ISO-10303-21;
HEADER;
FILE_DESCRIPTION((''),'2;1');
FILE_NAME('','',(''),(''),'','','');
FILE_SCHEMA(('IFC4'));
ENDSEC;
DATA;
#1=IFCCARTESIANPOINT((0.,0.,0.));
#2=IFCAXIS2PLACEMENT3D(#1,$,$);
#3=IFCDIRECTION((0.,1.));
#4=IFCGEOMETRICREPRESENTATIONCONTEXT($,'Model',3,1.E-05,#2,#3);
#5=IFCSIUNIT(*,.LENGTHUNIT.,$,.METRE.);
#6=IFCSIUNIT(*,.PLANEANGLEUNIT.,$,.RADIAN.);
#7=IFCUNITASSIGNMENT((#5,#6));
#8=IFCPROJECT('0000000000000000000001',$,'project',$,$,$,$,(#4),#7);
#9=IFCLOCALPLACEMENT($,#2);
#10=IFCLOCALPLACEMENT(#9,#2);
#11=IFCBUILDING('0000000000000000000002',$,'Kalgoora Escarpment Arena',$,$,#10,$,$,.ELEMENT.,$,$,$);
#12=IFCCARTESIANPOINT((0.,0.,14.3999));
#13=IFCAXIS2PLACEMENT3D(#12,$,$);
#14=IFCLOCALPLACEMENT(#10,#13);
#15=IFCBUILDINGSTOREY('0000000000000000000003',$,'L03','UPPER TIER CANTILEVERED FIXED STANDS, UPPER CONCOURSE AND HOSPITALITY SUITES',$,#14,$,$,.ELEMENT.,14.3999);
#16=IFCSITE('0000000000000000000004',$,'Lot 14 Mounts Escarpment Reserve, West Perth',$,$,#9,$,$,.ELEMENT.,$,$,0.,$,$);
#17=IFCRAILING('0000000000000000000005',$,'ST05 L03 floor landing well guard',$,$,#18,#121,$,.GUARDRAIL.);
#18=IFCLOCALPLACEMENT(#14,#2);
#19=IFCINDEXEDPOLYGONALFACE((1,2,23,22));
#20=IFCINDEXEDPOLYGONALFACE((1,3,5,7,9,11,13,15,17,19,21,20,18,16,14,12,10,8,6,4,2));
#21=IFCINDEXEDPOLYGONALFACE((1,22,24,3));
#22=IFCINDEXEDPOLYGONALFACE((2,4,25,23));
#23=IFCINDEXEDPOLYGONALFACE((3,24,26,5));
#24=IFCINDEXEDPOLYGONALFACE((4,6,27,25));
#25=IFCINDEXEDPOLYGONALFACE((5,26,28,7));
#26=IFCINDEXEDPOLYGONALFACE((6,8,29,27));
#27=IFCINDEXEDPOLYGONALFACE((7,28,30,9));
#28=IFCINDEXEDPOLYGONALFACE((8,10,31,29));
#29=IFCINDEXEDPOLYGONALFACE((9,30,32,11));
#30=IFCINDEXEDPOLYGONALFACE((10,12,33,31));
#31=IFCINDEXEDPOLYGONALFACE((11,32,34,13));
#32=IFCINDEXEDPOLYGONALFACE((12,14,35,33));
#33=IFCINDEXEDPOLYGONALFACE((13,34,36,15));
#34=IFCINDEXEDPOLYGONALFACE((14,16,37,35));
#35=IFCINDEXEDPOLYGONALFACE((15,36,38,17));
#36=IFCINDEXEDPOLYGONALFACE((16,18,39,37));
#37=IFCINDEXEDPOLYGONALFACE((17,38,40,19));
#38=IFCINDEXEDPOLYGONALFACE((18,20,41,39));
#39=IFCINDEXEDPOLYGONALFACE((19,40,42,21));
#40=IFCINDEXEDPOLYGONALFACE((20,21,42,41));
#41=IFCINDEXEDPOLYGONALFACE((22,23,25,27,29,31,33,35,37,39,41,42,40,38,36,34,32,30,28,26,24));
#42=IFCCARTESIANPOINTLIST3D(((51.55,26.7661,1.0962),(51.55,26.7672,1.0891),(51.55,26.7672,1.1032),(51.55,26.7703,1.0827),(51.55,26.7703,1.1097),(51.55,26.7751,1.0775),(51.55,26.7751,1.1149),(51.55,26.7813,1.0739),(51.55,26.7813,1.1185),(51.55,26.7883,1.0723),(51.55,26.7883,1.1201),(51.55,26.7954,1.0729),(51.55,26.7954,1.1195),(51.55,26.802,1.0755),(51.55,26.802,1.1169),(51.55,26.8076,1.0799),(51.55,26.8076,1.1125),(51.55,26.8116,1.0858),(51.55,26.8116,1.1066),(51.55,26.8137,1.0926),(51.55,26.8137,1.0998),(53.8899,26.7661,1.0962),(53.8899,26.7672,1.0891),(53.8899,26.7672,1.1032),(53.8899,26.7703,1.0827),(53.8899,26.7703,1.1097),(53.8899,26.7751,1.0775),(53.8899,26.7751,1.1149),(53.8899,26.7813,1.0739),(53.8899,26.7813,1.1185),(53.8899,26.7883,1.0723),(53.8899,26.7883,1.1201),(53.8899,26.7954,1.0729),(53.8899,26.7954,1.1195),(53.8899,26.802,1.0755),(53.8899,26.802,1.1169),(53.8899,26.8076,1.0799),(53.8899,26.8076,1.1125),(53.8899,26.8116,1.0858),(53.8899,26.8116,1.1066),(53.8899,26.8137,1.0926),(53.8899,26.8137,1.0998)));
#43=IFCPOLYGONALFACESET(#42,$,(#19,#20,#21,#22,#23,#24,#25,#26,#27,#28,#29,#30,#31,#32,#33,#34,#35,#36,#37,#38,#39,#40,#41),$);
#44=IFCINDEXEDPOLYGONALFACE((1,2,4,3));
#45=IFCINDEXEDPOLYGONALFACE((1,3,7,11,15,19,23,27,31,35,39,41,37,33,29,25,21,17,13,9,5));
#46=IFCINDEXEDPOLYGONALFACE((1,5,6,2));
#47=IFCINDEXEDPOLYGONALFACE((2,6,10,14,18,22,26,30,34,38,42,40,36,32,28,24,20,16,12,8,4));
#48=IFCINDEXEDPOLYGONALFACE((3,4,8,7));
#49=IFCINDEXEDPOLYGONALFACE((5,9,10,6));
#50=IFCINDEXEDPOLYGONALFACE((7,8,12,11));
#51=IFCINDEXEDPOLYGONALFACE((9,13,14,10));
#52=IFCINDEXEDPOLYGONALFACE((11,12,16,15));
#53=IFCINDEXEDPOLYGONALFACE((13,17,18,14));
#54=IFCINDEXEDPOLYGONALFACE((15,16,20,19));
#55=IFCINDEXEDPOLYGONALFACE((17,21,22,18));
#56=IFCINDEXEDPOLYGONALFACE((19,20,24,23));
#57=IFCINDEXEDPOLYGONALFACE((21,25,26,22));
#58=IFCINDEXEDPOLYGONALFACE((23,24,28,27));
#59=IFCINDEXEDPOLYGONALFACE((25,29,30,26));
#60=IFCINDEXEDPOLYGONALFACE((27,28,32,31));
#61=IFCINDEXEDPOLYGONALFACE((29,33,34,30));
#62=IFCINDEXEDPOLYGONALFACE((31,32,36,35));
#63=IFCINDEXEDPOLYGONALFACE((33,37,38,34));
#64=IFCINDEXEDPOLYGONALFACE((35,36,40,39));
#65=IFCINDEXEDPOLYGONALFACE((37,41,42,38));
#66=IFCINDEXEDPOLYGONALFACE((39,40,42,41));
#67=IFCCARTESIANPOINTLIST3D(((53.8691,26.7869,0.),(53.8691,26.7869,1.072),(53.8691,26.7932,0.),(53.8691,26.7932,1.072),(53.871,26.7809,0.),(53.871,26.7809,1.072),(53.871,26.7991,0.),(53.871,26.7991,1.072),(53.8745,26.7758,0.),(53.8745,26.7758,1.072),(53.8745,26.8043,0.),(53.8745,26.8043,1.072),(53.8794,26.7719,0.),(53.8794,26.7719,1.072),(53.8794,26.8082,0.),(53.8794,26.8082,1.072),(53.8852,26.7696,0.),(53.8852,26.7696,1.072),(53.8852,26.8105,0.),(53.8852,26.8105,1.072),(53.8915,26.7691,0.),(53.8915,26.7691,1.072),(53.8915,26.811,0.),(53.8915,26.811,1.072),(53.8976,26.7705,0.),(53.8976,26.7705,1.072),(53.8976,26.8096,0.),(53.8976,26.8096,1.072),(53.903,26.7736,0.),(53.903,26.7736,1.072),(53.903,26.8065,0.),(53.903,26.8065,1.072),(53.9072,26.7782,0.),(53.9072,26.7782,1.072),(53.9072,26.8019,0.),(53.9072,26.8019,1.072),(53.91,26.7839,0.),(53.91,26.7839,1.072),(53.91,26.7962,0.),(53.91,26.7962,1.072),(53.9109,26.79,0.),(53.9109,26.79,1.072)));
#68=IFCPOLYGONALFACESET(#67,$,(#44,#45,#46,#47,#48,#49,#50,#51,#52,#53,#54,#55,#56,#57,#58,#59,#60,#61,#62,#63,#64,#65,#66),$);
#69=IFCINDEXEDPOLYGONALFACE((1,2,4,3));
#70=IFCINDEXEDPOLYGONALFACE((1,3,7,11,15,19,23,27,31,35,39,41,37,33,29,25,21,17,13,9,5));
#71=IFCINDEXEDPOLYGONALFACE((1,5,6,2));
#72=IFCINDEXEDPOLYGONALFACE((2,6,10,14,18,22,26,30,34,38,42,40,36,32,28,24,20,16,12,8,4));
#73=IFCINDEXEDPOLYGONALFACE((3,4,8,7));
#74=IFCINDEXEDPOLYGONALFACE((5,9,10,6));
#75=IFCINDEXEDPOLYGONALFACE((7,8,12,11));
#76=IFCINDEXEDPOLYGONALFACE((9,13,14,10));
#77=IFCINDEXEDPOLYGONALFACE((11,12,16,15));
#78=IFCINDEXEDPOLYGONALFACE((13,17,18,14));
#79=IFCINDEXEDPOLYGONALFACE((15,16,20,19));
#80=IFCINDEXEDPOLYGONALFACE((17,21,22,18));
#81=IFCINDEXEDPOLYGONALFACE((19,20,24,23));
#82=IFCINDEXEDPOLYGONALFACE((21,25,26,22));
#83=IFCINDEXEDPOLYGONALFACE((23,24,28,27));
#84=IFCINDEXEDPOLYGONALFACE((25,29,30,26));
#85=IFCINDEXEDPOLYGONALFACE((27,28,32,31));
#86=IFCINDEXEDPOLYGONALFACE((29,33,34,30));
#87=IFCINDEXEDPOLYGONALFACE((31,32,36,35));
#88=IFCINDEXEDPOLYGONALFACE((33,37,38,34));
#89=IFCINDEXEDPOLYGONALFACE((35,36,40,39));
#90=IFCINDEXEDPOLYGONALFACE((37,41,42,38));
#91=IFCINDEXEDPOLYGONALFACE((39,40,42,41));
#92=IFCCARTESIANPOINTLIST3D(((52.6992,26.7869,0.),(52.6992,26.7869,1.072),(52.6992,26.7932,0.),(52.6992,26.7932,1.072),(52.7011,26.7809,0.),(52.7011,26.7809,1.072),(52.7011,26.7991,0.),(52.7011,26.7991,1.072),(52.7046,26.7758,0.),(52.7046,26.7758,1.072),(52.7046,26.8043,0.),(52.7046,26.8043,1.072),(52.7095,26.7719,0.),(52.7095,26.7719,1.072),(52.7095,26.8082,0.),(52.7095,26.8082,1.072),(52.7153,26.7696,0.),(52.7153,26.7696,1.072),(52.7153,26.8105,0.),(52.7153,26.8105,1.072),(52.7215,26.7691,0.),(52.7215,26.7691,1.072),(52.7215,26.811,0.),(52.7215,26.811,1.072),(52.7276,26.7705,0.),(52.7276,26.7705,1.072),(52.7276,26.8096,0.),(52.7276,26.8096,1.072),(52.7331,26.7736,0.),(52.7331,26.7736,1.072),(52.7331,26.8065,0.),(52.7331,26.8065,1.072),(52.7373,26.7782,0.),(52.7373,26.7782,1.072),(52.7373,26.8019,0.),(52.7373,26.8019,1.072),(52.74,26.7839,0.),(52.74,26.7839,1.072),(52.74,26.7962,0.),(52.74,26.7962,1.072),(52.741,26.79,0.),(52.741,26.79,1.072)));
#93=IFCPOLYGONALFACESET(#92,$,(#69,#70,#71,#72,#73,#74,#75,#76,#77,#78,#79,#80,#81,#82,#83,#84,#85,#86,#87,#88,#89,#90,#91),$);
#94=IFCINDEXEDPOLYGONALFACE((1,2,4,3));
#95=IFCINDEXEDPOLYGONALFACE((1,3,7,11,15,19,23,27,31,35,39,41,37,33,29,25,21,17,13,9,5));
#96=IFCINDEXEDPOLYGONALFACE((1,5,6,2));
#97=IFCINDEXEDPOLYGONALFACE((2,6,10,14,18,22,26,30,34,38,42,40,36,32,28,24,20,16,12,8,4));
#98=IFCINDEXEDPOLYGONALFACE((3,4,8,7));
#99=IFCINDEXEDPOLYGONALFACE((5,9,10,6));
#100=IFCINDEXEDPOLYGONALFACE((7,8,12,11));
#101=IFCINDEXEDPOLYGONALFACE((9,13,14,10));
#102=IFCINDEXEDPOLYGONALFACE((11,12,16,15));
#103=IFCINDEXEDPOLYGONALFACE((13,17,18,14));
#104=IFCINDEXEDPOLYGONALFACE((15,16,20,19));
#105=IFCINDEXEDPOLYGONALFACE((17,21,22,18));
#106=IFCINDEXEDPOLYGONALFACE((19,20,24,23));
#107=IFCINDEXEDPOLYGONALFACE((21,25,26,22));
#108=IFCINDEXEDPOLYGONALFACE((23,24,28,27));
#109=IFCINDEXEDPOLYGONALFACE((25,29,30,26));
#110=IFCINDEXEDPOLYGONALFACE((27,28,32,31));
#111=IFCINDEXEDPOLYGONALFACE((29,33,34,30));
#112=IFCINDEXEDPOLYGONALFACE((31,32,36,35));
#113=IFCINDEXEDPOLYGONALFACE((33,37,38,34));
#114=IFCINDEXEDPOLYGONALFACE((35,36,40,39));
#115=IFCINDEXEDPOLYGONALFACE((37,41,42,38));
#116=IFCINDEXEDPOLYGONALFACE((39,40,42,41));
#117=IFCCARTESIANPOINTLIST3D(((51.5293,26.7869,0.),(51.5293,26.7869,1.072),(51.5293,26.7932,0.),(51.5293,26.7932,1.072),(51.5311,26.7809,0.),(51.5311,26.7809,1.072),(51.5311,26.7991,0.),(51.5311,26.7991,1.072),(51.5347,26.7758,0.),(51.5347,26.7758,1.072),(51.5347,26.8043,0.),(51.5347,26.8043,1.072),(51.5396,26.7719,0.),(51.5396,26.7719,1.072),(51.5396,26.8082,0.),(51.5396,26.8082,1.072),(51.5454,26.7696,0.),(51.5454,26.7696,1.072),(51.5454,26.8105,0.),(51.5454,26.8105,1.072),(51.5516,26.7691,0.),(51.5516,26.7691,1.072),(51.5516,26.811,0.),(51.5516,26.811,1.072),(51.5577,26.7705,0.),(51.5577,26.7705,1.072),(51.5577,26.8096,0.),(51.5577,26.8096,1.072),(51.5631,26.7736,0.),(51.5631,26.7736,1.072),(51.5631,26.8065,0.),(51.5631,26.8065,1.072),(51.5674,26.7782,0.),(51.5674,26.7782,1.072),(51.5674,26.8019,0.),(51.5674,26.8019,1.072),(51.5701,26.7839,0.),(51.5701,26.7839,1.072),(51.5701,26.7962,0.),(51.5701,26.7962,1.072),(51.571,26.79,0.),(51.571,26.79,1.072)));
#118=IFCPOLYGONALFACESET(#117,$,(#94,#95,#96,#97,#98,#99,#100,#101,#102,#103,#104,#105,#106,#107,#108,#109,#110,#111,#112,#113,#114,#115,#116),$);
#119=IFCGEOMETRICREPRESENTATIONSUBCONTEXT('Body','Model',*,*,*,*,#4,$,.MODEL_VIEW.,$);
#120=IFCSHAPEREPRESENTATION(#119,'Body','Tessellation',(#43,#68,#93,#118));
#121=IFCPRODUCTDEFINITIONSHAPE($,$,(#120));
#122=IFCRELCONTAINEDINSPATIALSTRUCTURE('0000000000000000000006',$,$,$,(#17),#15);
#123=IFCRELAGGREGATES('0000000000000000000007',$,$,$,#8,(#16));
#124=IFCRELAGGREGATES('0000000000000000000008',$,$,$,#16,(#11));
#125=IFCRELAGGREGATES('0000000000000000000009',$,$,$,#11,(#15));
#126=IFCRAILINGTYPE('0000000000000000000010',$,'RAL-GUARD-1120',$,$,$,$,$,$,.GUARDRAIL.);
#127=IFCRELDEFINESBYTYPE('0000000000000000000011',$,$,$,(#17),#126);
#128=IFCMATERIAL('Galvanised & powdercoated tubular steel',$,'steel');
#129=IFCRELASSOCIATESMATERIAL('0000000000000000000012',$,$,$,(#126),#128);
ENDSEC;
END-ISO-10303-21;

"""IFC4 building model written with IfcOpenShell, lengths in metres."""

from ifc_helpers import new_model, si_unit, direction, frame, origin, origin_2d, place, context, subcontext, project, spatial, circle, extrude, material, type_object, element, save


model = new_model("IFC4")

# Units and contexts
model_context = context("Model", 3, precision=1e-05, world=origin(), true_north=direction((0.0, 1.0)))
body_context = subcontext(model_context, "Body", "Model", "MODEL_VIEW")
ifc_project = project(units=[si_unit("LENGTHUNIT", "METRE"), si_unit("PLANEANGLEUNIT", "RADIAN")], contexts=[model_context])

# Site, building, storey
site_placement = place(None, origin())
site = spatial("IfcSite", under=ifc_project, at=site_placement, Name="Lot 14 Mounts Escarpment Reserve, West Perth", CompositionType="ELEMENT", RefElevation=0.0)
building_placement = place(site_placement, origin())
building = spatial("IfcBuilding", under=site, at=building_placement, Name="Kalgoora Escarpment Arena", CompositionType="ELEMENT")
storey_placement = place(building_placement, frame((0.0, 0.0, 14.3999)))
storey = spatial("IfcBuildingStorey", under=building, at=storey_placement, Name="L03", Description="UPPER TIER CANTILEVERED FIXED STANDS, UPPER CONCOURSE AND HOSPITALITY SUITES", CompositionType="ELEMENT", Elevation=14.3999)

# Railing
ifc_material_1 = material(Name="Galvanised & powdercoated tubular steel", Category="steel")
railing_type_1 = type_object("IfcRailingType", Name="RAL-GUARD-1120", PredefinedType="GUARDRAIL", material=ifc_material_1)
railing_1_placement = place(storey_placement, frame((53.8899, 26.79, 0.0)))
element("IfcRailing", 1, at=railing_1_placement, inside=storey, type_object=railing_type_1, Name="ST05 L03 floor landing well guard", PredefinedType="GUARDRAIL", context=body_context, shape_type="SweptSolid", body=[
    extrude(circle(Radius=0.0239, at=origin_2d()), frame((0.0, 0.0, 1.0962), z_axis=(-1.0, 0.0, 0.0), x_axis=(0.0, -1.0, 0.0)), (0.0, 0.0, 1.0), 2.3398),
    extrude(circle(Radius=0.021, at=origin_2d()), origin(), (0.0, 0.0, 1.0), 1.072),
    extrude(circle(Radius=0.021, at=origin_2d()), frame((-1.1699, 0.0, 0.0)), (0.0, 0.0, 1.0), 1.072),
    extrude(circle(Radius=0.021, at=origin_2d()), frame((-2.3398, 0.0, 0.0)), (0.0, 0.0, 1.0), 1.072),
])

save(model, "model.ifc")
